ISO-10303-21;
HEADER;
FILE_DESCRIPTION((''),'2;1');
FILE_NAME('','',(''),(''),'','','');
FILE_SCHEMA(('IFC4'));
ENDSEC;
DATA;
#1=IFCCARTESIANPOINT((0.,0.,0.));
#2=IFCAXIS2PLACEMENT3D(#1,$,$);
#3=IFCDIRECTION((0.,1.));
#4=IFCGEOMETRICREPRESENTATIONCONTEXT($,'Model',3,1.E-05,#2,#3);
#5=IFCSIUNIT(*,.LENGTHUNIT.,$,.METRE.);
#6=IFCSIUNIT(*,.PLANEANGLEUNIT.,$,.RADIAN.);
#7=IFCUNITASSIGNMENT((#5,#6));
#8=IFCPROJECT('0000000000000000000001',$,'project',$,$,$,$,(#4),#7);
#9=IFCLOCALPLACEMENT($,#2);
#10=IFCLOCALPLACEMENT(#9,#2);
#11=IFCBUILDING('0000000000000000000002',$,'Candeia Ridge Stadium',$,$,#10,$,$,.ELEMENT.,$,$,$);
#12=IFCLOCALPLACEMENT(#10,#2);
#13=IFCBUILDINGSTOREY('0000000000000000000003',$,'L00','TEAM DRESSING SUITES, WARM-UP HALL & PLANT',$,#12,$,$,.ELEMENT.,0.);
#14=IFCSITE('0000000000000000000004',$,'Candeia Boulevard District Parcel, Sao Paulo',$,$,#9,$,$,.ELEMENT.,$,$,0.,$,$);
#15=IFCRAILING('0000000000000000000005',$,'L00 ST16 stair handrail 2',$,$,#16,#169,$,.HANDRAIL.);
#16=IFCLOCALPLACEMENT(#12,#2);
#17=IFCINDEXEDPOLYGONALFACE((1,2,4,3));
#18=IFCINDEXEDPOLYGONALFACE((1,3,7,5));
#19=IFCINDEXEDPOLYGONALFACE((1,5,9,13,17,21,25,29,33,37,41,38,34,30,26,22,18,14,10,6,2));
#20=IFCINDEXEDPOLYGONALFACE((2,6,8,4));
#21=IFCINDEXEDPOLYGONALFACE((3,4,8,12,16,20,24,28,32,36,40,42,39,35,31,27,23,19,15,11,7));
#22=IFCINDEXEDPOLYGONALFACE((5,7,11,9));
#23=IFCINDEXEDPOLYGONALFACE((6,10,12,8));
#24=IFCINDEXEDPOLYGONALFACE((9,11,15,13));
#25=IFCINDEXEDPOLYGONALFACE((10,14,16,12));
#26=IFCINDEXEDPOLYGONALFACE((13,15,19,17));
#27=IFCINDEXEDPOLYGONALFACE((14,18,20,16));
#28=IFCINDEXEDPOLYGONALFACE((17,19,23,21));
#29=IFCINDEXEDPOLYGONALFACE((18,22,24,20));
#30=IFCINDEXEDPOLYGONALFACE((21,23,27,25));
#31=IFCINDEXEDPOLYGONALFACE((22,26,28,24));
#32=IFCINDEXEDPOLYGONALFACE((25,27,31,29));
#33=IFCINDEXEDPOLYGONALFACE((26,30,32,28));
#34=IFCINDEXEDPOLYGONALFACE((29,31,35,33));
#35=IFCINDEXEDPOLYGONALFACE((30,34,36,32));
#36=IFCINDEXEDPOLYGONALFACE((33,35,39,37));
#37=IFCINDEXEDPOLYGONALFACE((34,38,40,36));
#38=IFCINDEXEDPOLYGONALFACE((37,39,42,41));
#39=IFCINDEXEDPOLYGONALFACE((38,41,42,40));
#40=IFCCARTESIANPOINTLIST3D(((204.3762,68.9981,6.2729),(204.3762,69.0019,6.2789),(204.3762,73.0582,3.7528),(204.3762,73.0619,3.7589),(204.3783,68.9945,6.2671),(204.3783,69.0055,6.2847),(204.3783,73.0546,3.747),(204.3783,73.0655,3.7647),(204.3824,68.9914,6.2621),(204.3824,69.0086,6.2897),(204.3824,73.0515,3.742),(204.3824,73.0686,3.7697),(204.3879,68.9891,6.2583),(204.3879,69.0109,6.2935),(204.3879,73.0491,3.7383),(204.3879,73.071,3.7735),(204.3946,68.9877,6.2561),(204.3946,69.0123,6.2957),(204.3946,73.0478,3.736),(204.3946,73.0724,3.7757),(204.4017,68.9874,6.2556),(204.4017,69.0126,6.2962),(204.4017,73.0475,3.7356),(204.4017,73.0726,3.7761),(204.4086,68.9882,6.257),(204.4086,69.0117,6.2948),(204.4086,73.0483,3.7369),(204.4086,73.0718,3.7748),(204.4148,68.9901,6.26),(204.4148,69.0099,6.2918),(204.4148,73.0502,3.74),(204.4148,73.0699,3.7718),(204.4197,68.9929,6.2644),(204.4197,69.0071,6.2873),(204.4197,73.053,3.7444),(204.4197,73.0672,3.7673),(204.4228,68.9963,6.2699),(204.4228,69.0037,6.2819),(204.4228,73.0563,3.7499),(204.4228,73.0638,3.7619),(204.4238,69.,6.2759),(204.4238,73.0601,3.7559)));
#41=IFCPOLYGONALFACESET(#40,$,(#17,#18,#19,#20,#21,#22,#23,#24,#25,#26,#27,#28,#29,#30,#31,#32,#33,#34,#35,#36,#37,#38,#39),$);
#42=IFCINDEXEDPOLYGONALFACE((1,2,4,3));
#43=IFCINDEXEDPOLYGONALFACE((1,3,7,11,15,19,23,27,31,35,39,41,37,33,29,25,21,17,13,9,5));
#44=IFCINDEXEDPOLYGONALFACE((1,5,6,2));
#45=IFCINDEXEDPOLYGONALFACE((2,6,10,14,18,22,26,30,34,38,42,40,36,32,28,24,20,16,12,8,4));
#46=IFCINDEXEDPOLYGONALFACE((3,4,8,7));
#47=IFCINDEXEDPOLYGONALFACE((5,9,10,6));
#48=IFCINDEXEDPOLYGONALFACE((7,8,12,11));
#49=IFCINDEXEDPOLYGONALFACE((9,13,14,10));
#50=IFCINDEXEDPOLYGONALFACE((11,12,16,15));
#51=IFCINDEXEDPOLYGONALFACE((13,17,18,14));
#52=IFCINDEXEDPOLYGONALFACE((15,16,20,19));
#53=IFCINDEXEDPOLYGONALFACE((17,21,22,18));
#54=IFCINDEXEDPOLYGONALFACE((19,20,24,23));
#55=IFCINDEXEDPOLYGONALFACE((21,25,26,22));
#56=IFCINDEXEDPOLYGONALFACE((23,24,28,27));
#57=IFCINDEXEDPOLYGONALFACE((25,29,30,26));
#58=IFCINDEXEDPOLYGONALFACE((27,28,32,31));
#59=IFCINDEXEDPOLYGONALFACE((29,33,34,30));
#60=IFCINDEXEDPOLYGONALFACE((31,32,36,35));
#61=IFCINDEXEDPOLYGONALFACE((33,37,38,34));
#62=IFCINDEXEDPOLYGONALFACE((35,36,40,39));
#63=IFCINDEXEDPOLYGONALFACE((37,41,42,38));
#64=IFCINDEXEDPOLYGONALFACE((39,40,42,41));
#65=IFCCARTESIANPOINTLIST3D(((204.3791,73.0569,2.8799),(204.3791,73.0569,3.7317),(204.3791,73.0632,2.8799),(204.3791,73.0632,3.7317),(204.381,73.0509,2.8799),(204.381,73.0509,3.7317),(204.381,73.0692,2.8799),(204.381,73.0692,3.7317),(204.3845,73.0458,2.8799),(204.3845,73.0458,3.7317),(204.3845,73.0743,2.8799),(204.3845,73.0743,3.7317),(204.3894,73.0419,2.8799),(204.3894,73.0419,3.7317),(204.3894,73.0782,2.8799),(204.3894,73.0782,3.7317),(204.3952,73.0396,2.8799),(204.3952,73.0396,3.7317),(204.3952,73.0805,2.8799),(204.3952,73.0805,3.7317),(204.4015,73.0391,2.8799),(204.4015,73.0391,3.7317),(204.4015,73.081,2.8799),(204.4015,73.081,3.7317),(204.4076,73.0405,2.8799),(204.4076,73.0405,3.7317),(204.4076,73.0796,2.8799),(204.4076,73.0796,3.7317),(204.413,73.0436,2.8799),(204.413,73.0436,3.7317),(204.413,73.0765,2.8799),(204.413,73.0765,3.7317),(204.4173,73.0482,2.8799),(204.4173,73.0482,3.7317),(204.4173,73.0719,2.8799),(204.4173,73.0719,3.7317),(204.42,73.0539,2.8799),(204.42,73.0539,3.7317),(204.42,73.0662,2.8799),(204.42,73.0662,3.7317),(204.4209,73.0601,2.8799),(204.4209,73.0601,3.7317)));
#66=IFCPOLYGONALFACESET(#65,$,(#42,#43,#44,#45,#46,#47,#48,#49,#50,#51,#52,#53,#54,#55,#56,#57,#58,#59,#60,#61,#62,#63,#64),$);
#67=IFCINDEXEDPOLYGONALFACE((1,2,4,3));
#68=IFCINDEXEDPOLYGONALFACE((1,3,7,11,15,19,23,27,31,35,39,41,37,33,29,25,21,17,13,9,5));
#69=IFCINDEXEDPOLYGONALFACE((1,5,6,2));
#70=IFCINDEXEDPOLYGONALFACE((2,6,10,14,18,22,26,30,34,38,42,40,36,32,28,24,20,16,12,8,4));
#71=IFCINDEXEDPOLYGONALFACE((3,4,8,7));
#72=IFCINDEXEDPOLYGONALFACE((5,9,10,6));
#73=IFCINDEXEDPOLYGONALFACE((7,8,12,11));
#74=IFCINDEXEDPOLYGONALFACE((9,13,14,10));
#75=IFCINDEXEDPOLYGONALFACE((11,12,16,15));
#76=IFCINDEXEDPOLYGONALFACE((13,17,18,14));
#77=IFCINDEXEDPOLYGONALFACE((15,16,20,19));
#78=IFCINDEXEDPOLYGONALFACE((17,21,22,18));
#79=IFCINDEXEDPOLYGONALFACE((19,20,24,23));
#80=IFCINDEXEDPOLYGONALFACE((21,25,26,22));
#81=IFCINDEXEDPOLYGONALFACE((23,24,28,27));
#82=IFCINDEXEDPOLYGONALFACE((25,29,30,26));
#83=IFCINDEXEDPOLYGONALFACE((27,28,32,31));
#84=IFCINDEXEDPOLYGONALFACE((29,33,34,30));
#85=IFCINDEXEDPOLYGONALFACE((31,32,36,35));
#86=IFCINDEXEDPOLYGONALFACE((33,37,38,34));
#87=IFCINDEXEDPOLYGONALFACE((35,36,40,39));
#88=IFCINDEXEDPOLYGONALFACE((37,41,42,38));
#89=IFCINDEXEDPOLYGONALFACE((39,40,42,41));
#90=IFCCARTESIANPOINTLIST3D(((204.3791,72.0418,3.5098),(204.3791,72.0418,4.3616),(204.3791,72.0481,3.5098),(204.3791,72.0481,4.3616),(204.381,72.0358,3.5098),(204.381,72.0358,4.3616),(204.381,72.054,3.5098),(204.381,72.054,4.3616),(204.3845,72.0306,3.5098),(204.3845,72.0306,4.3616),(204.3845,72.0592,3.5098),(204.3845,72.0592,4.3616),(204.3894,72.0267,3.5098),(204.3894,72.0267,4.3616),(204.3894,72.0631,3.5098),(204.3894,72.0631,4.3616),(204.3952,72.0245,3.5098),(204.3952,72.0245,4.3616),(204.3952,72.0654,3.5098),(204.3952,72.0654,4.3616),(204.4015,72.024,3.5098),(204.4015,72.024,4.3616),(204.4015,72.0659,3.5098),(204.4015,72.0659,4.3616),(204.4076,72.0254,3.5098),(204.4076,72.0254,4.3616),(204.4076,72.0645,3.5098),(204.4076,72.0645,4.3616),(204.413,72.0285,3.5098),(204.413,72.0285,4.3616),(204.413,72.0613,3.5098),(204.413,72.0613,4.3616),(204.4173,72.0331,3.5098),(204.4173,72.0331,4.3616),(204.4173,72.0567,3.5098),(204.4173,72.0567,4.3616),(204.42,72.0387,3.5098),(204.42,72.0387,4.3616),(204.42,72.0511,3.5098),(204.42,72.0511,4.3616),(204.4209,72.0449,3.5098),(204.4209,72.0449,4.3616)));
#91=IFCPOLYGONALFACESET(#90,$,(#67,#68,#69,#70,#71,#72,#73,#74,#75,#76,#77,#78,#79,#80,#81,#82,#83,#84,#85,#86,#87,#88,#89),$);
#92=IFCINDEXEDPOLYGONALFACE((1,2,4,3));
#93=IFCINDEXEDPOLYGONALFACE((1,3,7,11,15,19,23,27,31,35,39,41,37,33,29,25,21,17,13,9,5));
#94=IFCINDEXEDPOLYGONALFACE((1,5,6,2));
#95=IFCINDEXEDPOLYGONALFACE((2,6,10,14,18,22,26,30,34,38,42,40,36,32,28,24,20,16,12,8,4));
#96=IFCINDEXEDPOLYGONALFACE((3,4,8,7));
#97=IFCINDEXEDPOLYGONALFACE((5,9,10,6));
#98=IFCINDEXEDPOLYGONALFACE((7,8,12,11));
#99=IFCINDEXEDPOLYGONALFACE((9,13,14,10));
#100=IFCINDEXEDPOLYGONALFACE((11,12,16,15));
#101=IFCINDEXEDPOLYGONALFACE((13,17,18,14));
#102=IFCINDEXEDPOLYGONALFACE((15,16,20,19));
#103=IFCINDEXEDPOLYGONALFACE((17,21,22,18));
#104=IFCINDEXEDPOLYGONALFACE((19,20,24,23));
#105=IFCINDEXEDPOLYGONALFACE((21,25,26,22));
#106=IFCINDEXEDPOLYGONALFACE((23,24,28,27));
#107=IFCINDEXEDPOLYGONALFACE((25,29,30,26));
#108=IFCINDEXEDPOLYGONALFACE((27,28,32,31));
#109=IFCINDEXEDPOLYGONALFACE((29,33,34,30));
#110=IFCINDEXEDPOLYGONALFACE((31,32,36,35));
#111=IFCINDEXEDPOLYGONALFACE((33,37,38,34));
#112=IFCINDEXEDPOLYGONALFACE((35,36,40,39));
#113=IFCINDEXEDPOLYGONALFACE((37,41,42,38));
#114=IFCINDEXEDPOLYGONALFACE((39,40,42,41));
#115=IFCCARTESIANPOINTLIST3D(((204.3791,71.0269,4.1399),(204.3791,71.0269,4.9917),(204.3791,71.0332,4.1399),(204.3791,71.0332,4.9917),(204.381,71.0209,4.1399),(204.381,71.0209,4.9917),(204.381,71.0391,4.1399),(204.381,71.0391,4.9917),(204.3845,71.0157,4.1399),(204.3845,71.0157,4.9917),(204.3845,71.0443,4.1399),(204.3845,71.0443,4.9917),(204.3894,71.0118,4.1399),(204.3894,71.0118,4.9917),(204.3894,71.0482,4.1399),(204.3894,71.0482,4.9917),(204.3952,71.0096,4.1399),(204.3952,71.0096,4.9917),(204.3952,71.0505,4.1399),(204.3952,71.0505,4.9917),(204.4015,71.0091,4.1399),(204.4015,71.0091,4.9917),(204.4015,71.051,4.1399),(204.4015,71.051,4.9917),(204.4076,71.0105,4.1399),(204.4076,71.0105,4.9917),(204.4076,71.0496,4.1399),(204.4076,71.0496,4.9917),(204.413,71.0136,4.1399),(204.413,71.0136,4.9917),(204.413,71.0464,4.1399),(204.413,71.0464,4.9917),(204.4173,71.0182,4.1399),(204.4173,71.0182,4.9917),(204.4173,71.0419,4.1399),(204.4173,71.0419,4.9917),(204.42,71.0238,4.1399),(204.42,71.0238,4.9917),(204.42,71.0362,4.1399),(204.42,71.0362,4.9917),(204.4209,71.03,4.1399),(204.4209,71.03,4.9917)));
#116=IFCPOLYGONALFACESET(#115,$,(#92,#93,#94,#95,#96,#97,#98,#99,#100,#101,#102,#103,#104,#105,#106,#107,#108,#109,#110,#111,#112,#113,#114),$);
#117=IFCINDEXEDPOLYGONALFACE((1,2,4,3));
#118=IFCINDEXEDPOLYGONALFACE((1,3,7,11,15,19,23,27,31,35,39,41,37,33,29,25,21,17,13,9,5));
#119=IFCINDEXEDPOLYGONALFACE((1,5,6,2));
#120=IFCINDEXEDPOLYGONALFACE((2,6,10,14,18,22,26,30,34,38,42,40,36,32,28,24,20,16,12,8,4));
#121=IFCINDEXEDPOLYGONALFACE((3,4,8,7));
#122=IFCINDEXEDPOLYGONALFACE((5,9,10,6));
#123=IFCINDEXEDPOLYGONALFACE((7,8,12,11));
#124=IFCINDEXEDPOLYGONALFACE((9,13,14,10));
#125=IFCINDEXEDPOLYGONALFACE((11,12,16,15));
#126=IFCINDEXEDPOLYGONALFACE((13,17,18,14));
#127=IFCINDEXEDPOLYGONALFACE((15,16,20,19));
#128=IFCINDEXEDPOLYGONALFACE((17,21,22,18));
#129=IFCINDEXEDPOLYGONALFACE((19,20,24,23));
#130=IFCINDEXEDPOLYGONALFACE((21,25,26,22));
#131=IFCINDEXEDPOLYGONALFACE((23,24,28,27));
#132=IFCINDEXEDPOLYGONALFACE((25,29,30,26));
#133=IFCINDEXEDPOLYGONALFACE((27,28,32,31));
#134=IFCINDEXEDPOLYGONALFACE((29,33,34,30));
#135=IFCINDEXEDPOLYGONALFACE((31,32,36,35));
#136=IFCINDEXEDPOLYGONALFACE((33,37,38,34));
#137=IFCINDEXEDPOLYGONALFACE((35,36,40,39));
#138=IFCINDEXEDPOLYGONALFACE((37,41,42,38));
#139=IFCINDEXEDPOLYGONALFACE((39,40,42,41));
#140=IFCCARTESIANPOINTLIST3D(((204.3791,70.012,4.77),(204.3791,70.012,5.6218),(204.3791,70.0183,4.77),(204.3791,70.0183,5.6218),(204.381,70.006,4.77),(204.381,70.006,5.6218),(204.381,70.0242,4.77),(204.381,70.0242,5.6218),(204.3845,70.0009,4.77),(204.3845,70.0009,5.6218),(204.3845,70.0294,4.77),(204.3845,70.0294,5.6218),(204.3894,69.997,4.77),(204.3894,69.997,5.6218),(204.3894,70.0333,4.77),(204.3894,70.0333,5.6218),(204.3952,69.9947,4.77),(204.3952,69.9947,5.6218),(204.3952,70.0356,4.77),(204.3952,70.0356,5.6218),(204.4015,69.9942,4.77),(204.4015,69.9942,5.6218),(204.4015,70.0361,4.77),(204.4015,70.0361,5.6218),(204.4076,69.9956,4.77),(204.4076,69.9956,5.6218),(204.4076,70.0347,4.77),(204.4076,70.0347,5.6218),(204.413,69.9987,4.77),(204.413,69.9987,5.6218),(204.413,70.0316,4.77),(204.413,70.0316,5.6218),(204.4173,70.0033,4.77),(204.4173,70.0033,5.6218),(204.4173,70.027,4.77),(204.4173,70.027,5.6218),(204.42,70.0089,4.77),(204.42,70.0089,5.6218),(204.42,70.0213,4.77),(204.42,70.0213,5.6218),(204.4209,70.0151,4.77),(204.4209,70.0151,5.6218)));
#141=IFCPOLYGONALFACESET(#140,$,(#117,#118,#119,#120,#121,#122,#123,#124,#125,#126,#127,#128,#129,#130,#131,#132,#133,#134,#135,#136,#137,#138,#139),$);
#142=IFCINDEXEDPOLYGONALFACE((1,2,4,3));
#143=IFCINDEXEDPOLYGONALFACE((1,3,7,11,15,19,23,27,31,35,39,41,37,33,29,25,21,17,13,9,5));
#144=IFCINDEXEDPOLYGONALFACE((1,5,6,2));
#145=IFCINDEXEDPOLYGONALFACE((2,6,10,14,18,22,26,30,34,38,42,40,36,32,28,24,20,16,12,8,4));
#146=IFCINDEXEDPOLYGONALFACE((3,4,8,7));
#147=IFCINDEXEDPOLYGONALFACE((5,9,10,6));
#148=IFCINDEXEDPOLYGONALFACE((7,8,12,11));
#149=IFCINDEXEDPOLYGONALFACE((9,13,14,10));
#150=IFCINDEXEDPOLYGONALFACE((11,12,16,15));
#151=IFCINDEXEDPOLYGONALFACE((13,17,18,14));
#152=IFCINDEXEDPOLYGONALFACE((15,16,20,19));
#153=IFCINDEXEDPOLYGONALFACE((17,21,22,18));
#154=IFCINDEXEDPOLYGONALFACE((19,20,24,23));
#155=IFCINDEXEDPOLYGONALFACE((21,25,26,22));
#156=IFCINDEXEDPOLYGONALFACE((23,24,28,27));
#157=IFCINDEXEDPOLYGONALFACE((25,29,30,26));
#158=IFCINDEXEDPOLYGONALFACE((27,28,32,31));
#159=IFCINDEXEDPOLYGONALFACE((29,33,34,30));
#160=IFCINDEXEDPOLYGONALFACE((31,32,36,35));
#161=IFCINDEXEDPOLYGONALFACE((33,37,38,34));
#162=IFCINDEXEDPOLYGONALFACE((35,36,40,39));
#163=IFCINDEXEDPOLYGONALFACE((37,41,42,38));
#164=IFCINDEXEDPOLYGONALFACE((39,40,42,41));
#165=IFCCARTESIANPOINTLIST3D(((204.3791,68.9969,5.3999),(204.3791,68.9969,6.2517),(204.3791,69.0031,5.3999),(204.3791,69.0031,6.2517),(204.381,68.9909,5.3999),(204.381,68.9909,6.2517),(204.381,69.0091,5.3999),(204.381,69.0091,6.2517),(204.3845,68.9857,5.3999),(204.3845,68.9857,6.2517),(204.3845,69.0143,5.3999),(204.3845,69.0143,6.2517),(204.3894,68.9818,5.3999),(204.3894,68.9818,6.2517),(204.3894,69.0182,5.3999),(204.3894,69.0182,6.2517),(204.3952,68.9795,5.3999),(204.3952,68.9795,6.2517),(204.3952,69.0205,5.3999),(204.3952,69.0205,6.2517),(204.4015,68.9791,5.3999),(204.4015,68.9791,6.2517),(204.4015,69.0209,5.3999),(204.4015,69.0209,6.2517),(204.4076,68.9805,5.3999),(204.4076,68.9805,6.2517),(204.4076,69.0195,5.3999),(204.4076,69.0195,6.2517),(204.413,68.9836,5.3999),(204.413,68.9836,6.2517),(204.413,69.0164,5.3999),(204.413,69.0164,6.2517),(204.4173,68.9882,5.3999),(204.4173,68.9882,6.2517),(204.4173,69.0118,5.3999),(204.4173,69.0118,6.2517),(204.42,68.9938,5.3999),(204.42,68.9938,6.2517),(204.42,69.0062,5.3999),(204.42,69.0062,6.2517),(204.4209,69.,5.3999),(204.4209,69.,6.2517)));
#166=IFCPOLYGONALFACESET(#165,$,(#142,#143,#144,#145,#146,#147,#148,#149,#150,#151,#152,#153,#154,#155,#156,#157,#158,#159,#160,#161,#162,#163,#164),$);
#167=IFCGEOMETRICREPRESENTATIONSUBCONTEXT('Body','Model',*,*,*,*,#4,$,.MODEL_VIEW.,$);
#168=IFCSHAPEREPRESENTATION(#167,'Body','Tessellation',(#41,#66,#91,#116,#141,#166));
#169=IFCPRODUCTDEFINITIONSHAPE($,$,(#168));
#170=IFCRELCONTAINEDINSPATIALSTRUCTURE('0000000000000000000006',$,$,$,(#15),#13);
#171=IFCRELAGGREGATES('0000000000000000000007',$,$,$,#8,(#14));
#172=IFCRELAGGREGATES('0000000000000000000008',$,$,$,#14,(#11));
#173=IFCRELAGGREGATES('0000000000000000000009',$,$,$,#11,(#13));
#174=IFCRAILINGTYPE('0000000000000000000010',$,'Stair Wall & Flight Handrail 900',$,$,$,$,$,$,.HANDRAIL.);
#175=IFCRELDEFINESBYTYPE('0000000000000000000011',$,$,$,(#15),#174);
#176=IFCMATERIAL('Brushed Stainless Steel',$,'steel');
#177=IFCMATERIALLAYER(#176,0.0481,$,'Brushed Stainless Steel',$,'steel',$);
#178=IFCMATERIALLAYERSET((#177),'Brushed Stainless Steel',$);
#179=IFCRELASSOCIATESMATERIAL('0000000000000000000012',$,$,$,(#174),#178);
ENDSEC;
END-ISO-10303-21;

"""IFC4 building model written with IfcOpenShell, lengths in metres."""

from ifc_helpers import new_model, si_unit, direction, frame, origin, origin_2d, place, context, subcontext, project, spatial, circle, extrude, material, layer, layer_set, type_object, element, save


model = new_model("IFC4")

# Units and contexts
model_context = context("Model", 3, precision=1e-05, world=origin(), true_north=direction((0.0, 1.0)))
body_context = subcontext(model_context, "Body", "Model", "MODEL_VIEW")
ifc_project = project(units=[si_unit("LENGTHUNIT", "METRE"), si_unit("PLANEANGLEUNIT", "RADIAN")], contexts=[model_context])

# Site, building, storey
site_placement = place(None, origin())
site = spatial("IfcSite", under=ifc_project, at=site_placement, Name="Candeia Boulevard District Parcel, Sao Paulo", CompositionType="ELEMENT", RefElevation=0.0)
building_placement = place(site_placement, origin())
building = spatial("IfcBuilding", under=site, at=building_placement, Name="Candeia Ridge Stadium", CompositionType="ELEMENT")
storey_placement = place(building_placement, origin())
storey = spatial("IfcBuildingStorey", under=building, at=storey_placement, Name="L00", Description="TEAM DRESSING SUITES, WARM-UP HALL & PLANT", CompositionType="ELEMENT", Elevation=0.0)

# Railing
ifc_material_1 = material(Name="Brushed Stainless Steel", Category="steel")
ifc_layer_1 = layer(ifc_material_1, 0.0481, Name="Brushed Stainless Steel", Category="steel")
ifc_layer_set_1 = layer_set([ifc_layer_1], Name="Brushed Stainless Steel")
railing_type_1 = type_object("IfcRailingType", Name="Stair Wall & Flight Handrail 900", PredefinedType="HANDRAIL", material=ifc_layer_set_1)
railing_1_placement = place(storey_placement, frame((204.3999, 73.0601, 2.8799)))
element("IfcRailing", 1, at=railing_1_placement, inside=storey, type_object=railing_type_1, Name="L00 ST16 stair handrail 2", PredefinedType="HANDRAIL", context=body_context, shape_type="SweptSolid", body=[
    extrude(circle(Radius=0.0239, at=origin_2d()), frame((0.0, 0.0, 0.876), z_axis=(0.0, -0.849642, 0.52736), x_axis=(1.0, 0.0, 0.0)), (0.0, 0.0, 1.0), 4.7786),
    extrude(circle(Radius=0.021, at=origin_2d()), origin(), (0.0, 0.0, 1.0), 0.8518),
    extrude(circle(Radius=0.021, at=origin_2d()), frame((0.0, -1.0151, 0.6299)), (0.0, 0.0, 1.0), 0.8518),
    extrude(circle(Radius=0.021, at=origin_2d()), frame((0.0, -2.03, 1.26)), (0.0, 0.0, 1.0), 0.8518),
    extrude(circle(Radius=0.021, at=origin_2d()), frame((0.0, -3.0449, 1.8901)), (0.0, 0.0, 1.0), 0.8518),
    extrude(circle(Radius=0.021, at=origin_2d()), frame((0.0, -4.0601, 2.52)), (0.0, 0.0, 1.0), 0.8518),
])

save(model, "model.ifc")
